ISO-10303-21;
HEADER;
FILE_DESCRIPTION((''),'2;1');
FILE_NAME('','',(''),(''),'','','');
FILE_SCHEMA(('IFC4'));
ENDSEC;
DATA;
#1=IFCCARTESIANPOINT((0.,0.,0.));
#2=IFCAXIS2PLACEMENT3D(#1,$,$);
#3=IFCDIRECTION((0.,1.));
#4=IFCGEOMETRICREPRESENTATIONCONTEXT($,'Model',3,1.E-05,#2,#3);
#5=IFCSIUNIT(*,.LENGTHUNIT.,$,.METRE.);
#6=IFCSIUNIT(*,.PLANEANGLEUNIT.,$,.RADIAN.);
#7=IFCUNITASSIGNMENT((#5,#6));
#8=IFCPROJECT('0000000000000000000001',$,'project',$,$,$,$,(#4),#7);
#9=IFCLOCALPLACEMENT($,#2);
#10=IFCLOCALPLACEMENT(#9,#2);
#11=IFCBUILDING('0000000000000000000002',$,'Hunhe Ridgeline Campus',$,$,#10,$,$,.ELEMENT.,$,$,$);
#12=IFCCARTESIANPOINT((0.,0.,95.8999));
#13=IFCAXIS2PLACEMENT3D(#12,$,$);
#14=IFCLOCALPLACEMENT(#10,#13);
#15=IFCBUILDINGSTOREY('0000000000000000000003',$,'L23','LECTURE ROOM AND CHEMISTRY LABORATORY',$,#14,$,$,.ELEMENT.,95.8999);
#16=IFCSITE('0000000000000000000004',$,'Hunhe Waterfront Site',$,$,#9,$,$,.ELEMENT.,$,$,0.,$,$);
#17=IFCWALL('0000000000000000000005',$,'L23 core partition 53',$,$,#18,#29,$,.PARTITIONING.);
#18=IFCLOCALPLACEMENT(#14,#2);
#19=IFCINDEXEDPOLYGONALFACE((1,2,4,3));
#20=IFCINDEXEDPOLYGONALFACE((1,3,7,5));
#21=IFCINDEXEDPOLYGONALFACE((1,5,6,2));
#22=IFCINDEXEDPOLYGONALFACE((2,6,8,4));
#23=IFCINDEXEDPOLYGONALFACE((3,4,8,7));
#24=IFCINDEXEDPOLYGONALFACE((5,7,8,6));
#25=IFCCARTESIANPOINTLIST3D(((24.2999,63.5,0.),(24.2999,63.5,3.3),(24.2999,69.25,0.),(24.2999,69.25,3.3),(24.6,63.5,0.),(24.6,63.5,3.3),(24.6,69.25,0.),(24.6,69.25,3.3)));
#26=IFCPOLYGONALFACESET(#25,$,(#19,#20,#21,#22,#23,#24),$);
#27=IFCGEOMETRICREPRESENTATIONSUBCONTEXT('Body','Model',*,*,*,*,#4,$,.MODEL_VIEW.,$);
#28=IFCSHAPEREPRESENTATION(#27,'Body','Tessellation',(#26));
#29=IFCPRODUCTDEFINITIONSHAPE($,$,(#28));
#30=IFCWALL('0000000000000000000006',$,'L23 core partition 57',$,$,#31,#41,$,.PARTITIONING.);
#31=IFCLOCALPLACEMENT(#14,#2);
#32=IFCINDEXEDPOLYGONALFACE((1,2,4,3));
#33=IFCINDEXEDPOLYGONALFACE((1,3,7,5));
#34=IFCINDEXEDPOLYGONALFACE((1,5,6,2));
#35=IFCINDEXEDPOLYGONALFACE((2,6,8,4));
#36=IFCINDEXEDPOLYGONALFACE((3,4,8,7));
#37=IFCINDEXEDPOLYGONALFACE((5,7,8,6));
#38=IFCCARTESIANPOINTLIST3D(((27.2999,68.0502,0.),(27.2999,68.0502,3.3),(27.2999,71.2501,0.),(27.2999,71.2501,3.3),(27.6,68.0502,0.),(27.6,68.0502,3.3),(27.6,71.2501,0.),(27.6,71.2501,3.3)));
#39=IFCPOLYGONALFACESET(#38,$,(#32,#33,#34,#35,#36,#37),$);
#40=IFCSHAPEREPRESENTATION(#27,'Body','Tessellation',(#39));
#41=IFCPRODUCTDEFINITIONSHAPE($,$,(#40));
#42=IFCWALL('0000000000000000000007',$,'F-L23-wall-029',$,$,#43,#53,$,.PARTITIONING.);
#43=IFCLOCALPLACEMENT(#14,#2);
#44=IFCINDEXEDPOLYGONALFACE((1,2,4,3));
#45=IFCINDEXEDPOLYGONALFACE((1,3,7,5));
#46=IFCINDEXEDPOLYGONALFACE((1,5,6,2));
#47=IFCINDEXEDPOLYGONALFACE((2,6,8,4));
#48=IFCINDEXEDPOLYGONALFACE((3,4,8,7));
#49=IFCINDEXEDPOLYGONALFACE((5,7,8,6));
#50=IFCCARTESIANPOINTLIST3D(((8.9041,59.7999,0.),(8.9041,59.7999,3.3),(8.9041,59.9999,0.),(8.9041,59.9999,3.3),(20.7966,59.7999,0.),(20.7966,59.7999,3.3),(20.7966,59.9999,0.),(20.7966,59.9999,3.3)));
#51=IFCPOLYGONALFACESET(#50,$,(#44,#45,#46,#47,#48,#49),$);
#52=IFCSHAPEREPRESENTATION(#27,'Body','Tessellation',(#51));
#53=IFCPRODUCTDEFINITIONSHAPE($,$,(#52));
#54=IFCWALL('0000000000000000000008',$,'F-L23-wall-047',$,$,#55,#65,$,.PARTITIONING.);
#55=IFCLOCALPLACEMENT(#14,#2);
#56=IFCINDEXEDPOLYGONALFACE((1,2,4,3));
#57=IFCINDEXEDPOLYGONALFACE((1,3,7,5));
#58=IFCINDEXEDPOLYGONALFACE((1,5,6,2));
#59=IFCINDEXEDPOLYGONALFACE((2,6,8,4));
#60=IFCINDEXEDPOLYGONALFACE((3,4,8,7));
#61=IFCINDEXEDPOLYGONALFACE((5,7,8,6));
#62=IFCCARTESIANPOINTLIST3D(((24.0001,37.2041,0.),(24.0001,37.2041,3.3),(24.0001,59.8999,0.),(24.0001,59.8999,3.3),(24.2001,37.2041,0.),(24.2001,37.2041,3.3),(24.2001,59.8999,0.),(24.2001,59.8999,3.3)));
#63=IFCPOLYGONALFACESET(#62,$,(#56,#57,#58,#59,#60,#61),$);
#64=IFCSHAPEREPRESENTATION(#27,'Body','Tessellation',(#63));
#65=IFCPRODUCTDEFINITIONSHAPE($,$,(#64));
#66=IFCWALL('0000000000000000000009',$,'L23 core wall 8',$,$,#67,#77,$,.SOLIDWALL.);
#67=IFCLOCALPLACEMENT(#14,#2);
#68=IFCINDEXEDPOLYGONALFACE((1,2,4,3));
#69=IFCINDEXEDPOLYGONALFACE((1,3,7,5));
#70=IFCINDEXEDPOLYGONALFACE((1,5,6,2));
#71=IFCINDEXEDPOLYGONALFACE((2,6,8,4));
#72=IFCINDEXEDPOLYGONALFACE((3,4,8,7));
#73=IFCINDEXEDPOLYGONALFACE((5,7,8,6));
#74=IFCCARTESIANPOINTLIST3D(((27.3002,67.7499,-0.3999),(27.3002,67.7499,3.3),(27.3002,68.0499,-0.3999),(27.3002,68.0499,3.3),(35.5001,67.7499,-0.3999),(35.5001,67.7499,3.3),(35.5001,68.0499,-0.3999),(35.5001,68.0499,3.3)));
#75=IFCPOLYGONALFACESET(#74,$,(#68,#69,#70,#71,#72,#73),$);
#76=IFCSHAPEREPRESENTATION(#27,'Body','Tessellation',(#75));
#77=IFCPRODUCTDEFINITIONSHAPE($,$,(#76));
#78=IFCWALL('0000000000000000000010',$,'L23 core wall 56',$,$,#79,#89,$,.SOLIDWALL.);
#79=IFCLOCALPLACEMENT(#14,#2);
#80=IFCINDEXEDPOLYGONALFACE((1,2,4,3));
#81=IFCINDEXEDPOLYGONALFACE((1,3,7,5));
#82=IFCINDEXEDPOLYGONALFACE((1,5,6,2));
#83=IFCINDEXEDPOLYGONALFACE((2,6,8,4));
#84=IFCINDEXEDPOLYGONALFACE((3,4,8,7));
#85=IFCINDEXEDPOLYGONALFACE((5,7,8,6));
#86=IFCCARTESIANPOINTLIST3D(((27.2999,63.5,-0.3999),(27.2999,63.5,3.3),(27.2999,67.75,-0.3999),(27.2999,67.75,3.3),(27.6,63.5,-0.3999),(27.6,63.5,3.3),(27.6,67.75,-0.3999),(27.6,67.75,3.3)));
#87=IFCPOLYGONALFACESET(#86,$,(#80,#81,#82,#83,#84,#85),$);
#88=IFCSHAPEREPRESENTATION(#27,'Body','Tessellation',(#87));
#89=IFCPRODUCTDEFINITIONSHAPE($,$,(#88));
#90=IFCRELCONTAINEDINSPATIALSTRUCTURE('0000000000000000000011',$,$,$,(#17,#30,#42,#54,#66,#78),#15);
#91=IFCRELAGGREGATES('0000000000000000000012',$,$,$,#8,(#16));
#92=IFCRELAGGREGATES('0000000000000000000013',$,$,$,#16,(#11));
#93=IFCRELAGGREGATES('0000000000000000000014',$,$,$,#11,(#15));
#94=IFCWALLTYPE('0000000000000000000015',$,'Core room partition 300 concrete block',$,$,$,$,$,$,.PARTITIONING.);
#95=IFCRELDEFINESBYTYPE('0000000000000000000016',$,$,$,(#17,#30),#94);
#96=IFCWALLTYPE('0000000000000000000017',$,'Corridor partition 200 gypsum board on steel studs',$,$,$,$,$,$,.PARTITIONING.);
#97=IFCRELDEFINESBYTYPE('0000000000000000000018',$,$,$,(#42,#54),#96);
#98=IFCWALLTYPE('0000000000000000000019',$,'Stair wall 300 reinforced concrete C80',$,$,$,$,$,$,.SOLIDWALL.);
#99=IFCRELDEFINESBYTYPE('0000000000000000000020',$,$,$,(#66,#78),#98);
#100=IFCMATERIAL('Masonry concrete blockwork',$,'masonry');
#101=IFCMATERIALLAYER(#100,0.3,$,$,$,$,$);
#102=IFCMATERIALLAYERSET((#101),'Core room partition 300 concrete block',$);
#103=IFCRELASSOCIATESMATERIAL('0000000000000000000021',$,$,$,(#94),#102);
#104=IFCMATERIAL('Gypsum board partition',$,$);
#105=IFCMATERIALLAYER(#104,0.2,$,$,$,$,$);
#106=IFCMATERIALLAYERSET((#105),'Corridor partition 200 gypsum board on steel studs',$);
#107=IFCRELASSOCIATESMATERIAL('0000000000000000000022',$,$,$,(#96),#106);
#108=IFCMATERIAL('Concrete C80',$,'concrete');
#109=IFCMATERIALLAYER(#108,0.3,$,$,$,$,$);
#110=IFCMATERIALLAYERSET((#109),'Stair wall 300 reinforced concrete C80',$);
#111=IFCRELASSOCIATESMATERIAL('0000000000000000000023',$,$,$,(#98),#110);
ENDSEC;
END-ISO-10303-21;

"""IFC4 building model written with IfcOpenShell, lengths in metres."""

from ifc_helpers import new_model, si_unit, direction, frame, frame_2d, origin, place, context, subcontext, project, spatial, rectangle, extrude, material, layer, layer_set, type_object, element, save


model = new_model("IFC4")

# Units and contexts
model_context = context("Model", 3, precision=1e-05, world=origin(), true_north=direction((0.0, 1.0)))
body_context = subcontext(model_context, "Body", "Model", "MODEL_VIEW")
ifc_project = project(units=[si_unit("LENGTHUNIT", "METRE"), si_unit("PLANEANGLEUNIT", "RADIAN")], contexts=[model_context])

# Site, building, storey
site_placement = place(None, origin())
site = spatial("IfcSite", under=ifc_project, at=site_placement, Name="Hunhe Waterfront Site", CompositionType="ELEMENT", RefElevation=0.0)
building_placement = place(site_placement, origin())
building = spatial("IfcBuilding", under=site, at=building_placement, Name="Hunhe Ridgeline Campus", CompositionType="ELEMENT")
storey_placement = place(building_placement, frame((0.0, 0.0, 95.8999)))
storey = spatial("IfcBuildingStorey", under=building, at=storey_placement, Name="L23", Description="LECTURE ROOM AND CHEMISTRY LABORATORY", CompositionType="ELEMENT", Elevation=95.8999)

# Walls
ifc_material_1 = material(Name="Masonry concrete blockwork", Category="masonry")
ifc_layer_1 = layer(ifc_material_1, 0.3)
ifc_layer_set_1 = layer_set([ifc_layer_1], Name="Core room partition 300 concrete block")
wall_type_1 = type_object("IfcWallType", Name="Core room partition 300 concrete block", PredefinedType="PARTITIONING", material=ifc_layer_set_1)
wall_1_placement = place(storey_placement, frame((24.45, 63.5, 0.0), z_axis=(0.0, 0.0, 1.0), x_axis=(0.0, 1.0, 0.0)))
element("IfcWall", 1, at=wall_1_placement, inside=storey, type_object=wall_type_1, Name="L23 core partition 53", PredefinedType="PARTITIONING", context=body_context, shape_type="SweptSolid", body=[
    extrude(rectangle(XDim=5.75, YDim=0.3, at=frame_2d((2.875, 0.0))), origin(), (0.0, 0.0, 1.0), 3.3),
])
wall_2_placement = place(storey_placement, frame((27.45, 68.05, 0.0), z_axis=(0.0, 0.0, 1.0), x_axis=(0.0, 1.0, 0.0)))
element("IfcWall", 2, at=wall_2_placement, inside=storey, type_object=wall_type_1, Name="L23 core partition 57", PredefinedType="PARTITIONING", context=body_context, shape_type="SweptSolid", body=[
    extrude(rectangle(XDim=3.2, YDim=0.3, at=frame_2d((1.6001, 0.0))), origin(), (0.0, 0.0, 1.0), 3.3),
])
ifc_material_2 = material(Name="Gypsum board partition")
ifc_layer_2 = layer(ifc_material_2, 0.2)
ifc_layer_set_2 = layer_set([ifc_layer_2], Name="Corridor partition 200 gypsum board on steel studs")
wall_type_2 = type_object("IfcWallType", Name="Corridor partition 200 gypsum board on steel studs", PredefinedType="PARTITIONING", material=ifc_layer_set_2)
wall_3_placement = place(storey_placement, frame((20.7966, 59.8999, 0.0), z_axis=(0.0, 0.0, 1.0), x_axis=(-1.0, 0.0, 0.0)))
element("IfcWall", 3, at=wall_3_placement, inside=storey, type_object=wall_type_2, Name="F-L23-wall-029", PredefinedType="PARTITIONING", context=body_context, shape_type="SweptSolid", body=[
    extrude(rectangle(XDim=11.8926, YDim=0.2, at=frame_2d((5.9463, 0.0))), origin(), (0.0, 0.0, 1.0), 3.3),
])

# Wall
wall_4_placement = place(storey_placement, frame((24.1001, 59.8999, 0.0), z_axis=(0.0, 0.0, 1.0), x_axis=(0.0, -1.0, 0.0)))
element("IfcWall", 4, at=wall_4_placement, inside=storey, type_object=wall_type_2, Name="F-L23-wall-047", PredefinedType="PARTITIONING", context=body_context, shape_type="SweptSolid", body=[
    extrude(rectangle(XDim=22.6958, YDim=0.2, at=frame_2d((11.3479, 0.0))), origin(), (0.0, 0.0, 1.0), 3.3),
])

# Walls
ifc_material_3 = material(Name="Concrete C80", Category="concrete")
ifc_layer_3 = layer(ifc_material_3, 0.3)
ifc_layer_set_3 = layer_set([ifc_layer_3], Name="Stair wall 300 reinforced concrete C80")
wall_type_3 = type_object("IfcWallType", Name="Stair wall 300 reinforced concrete C80", PredefinedType="SOLIDWALL", material=ifc_layer_set_3)
wall_5_placement = place(storey_placement, frame((27.3, 67.8999, -0.3999), z_axis=(0.0, 0.0, 1.0), x_axis=(1.0, 0.0, 0.0)))
element("IfcWall", 5, at=wall_5_placement, inside=storey, type_object=wall_type_3, Name="L23 core wall 8", PredefinedType="SOLIDWALL", context=body_context, shape_type="SweptSolid", body=[
    extrude(rectangle(XDim=8.2, YDim=0.3, at=frame_2d((4.1001, 0.0))), origin(), (0.0, 0.0, 1.0), 3.7),
])
wall_6_placement = place(storey_placement, frame((27.45, 63.5, -0.3999), z_axis=(0.0, 0.0, 1.0), x_axis=(0.0, 1.0, 0.0)))
element("IfcWall", 6, at=wall_6_placement, inside=storey, type_object=wall_type_3, Name="L23 core wall 56", PredefinedType="SOLIDWALL", context=body_context, shape_type="SweptSolid", body=[
    extrude(rectangle(XDim=4.25, YDim=0.3, at=frame_2d((2.125, 0.0))), origin(), (0.0, 0.0, 1.0), 3.7),
])

save(model, "model.ifc")
